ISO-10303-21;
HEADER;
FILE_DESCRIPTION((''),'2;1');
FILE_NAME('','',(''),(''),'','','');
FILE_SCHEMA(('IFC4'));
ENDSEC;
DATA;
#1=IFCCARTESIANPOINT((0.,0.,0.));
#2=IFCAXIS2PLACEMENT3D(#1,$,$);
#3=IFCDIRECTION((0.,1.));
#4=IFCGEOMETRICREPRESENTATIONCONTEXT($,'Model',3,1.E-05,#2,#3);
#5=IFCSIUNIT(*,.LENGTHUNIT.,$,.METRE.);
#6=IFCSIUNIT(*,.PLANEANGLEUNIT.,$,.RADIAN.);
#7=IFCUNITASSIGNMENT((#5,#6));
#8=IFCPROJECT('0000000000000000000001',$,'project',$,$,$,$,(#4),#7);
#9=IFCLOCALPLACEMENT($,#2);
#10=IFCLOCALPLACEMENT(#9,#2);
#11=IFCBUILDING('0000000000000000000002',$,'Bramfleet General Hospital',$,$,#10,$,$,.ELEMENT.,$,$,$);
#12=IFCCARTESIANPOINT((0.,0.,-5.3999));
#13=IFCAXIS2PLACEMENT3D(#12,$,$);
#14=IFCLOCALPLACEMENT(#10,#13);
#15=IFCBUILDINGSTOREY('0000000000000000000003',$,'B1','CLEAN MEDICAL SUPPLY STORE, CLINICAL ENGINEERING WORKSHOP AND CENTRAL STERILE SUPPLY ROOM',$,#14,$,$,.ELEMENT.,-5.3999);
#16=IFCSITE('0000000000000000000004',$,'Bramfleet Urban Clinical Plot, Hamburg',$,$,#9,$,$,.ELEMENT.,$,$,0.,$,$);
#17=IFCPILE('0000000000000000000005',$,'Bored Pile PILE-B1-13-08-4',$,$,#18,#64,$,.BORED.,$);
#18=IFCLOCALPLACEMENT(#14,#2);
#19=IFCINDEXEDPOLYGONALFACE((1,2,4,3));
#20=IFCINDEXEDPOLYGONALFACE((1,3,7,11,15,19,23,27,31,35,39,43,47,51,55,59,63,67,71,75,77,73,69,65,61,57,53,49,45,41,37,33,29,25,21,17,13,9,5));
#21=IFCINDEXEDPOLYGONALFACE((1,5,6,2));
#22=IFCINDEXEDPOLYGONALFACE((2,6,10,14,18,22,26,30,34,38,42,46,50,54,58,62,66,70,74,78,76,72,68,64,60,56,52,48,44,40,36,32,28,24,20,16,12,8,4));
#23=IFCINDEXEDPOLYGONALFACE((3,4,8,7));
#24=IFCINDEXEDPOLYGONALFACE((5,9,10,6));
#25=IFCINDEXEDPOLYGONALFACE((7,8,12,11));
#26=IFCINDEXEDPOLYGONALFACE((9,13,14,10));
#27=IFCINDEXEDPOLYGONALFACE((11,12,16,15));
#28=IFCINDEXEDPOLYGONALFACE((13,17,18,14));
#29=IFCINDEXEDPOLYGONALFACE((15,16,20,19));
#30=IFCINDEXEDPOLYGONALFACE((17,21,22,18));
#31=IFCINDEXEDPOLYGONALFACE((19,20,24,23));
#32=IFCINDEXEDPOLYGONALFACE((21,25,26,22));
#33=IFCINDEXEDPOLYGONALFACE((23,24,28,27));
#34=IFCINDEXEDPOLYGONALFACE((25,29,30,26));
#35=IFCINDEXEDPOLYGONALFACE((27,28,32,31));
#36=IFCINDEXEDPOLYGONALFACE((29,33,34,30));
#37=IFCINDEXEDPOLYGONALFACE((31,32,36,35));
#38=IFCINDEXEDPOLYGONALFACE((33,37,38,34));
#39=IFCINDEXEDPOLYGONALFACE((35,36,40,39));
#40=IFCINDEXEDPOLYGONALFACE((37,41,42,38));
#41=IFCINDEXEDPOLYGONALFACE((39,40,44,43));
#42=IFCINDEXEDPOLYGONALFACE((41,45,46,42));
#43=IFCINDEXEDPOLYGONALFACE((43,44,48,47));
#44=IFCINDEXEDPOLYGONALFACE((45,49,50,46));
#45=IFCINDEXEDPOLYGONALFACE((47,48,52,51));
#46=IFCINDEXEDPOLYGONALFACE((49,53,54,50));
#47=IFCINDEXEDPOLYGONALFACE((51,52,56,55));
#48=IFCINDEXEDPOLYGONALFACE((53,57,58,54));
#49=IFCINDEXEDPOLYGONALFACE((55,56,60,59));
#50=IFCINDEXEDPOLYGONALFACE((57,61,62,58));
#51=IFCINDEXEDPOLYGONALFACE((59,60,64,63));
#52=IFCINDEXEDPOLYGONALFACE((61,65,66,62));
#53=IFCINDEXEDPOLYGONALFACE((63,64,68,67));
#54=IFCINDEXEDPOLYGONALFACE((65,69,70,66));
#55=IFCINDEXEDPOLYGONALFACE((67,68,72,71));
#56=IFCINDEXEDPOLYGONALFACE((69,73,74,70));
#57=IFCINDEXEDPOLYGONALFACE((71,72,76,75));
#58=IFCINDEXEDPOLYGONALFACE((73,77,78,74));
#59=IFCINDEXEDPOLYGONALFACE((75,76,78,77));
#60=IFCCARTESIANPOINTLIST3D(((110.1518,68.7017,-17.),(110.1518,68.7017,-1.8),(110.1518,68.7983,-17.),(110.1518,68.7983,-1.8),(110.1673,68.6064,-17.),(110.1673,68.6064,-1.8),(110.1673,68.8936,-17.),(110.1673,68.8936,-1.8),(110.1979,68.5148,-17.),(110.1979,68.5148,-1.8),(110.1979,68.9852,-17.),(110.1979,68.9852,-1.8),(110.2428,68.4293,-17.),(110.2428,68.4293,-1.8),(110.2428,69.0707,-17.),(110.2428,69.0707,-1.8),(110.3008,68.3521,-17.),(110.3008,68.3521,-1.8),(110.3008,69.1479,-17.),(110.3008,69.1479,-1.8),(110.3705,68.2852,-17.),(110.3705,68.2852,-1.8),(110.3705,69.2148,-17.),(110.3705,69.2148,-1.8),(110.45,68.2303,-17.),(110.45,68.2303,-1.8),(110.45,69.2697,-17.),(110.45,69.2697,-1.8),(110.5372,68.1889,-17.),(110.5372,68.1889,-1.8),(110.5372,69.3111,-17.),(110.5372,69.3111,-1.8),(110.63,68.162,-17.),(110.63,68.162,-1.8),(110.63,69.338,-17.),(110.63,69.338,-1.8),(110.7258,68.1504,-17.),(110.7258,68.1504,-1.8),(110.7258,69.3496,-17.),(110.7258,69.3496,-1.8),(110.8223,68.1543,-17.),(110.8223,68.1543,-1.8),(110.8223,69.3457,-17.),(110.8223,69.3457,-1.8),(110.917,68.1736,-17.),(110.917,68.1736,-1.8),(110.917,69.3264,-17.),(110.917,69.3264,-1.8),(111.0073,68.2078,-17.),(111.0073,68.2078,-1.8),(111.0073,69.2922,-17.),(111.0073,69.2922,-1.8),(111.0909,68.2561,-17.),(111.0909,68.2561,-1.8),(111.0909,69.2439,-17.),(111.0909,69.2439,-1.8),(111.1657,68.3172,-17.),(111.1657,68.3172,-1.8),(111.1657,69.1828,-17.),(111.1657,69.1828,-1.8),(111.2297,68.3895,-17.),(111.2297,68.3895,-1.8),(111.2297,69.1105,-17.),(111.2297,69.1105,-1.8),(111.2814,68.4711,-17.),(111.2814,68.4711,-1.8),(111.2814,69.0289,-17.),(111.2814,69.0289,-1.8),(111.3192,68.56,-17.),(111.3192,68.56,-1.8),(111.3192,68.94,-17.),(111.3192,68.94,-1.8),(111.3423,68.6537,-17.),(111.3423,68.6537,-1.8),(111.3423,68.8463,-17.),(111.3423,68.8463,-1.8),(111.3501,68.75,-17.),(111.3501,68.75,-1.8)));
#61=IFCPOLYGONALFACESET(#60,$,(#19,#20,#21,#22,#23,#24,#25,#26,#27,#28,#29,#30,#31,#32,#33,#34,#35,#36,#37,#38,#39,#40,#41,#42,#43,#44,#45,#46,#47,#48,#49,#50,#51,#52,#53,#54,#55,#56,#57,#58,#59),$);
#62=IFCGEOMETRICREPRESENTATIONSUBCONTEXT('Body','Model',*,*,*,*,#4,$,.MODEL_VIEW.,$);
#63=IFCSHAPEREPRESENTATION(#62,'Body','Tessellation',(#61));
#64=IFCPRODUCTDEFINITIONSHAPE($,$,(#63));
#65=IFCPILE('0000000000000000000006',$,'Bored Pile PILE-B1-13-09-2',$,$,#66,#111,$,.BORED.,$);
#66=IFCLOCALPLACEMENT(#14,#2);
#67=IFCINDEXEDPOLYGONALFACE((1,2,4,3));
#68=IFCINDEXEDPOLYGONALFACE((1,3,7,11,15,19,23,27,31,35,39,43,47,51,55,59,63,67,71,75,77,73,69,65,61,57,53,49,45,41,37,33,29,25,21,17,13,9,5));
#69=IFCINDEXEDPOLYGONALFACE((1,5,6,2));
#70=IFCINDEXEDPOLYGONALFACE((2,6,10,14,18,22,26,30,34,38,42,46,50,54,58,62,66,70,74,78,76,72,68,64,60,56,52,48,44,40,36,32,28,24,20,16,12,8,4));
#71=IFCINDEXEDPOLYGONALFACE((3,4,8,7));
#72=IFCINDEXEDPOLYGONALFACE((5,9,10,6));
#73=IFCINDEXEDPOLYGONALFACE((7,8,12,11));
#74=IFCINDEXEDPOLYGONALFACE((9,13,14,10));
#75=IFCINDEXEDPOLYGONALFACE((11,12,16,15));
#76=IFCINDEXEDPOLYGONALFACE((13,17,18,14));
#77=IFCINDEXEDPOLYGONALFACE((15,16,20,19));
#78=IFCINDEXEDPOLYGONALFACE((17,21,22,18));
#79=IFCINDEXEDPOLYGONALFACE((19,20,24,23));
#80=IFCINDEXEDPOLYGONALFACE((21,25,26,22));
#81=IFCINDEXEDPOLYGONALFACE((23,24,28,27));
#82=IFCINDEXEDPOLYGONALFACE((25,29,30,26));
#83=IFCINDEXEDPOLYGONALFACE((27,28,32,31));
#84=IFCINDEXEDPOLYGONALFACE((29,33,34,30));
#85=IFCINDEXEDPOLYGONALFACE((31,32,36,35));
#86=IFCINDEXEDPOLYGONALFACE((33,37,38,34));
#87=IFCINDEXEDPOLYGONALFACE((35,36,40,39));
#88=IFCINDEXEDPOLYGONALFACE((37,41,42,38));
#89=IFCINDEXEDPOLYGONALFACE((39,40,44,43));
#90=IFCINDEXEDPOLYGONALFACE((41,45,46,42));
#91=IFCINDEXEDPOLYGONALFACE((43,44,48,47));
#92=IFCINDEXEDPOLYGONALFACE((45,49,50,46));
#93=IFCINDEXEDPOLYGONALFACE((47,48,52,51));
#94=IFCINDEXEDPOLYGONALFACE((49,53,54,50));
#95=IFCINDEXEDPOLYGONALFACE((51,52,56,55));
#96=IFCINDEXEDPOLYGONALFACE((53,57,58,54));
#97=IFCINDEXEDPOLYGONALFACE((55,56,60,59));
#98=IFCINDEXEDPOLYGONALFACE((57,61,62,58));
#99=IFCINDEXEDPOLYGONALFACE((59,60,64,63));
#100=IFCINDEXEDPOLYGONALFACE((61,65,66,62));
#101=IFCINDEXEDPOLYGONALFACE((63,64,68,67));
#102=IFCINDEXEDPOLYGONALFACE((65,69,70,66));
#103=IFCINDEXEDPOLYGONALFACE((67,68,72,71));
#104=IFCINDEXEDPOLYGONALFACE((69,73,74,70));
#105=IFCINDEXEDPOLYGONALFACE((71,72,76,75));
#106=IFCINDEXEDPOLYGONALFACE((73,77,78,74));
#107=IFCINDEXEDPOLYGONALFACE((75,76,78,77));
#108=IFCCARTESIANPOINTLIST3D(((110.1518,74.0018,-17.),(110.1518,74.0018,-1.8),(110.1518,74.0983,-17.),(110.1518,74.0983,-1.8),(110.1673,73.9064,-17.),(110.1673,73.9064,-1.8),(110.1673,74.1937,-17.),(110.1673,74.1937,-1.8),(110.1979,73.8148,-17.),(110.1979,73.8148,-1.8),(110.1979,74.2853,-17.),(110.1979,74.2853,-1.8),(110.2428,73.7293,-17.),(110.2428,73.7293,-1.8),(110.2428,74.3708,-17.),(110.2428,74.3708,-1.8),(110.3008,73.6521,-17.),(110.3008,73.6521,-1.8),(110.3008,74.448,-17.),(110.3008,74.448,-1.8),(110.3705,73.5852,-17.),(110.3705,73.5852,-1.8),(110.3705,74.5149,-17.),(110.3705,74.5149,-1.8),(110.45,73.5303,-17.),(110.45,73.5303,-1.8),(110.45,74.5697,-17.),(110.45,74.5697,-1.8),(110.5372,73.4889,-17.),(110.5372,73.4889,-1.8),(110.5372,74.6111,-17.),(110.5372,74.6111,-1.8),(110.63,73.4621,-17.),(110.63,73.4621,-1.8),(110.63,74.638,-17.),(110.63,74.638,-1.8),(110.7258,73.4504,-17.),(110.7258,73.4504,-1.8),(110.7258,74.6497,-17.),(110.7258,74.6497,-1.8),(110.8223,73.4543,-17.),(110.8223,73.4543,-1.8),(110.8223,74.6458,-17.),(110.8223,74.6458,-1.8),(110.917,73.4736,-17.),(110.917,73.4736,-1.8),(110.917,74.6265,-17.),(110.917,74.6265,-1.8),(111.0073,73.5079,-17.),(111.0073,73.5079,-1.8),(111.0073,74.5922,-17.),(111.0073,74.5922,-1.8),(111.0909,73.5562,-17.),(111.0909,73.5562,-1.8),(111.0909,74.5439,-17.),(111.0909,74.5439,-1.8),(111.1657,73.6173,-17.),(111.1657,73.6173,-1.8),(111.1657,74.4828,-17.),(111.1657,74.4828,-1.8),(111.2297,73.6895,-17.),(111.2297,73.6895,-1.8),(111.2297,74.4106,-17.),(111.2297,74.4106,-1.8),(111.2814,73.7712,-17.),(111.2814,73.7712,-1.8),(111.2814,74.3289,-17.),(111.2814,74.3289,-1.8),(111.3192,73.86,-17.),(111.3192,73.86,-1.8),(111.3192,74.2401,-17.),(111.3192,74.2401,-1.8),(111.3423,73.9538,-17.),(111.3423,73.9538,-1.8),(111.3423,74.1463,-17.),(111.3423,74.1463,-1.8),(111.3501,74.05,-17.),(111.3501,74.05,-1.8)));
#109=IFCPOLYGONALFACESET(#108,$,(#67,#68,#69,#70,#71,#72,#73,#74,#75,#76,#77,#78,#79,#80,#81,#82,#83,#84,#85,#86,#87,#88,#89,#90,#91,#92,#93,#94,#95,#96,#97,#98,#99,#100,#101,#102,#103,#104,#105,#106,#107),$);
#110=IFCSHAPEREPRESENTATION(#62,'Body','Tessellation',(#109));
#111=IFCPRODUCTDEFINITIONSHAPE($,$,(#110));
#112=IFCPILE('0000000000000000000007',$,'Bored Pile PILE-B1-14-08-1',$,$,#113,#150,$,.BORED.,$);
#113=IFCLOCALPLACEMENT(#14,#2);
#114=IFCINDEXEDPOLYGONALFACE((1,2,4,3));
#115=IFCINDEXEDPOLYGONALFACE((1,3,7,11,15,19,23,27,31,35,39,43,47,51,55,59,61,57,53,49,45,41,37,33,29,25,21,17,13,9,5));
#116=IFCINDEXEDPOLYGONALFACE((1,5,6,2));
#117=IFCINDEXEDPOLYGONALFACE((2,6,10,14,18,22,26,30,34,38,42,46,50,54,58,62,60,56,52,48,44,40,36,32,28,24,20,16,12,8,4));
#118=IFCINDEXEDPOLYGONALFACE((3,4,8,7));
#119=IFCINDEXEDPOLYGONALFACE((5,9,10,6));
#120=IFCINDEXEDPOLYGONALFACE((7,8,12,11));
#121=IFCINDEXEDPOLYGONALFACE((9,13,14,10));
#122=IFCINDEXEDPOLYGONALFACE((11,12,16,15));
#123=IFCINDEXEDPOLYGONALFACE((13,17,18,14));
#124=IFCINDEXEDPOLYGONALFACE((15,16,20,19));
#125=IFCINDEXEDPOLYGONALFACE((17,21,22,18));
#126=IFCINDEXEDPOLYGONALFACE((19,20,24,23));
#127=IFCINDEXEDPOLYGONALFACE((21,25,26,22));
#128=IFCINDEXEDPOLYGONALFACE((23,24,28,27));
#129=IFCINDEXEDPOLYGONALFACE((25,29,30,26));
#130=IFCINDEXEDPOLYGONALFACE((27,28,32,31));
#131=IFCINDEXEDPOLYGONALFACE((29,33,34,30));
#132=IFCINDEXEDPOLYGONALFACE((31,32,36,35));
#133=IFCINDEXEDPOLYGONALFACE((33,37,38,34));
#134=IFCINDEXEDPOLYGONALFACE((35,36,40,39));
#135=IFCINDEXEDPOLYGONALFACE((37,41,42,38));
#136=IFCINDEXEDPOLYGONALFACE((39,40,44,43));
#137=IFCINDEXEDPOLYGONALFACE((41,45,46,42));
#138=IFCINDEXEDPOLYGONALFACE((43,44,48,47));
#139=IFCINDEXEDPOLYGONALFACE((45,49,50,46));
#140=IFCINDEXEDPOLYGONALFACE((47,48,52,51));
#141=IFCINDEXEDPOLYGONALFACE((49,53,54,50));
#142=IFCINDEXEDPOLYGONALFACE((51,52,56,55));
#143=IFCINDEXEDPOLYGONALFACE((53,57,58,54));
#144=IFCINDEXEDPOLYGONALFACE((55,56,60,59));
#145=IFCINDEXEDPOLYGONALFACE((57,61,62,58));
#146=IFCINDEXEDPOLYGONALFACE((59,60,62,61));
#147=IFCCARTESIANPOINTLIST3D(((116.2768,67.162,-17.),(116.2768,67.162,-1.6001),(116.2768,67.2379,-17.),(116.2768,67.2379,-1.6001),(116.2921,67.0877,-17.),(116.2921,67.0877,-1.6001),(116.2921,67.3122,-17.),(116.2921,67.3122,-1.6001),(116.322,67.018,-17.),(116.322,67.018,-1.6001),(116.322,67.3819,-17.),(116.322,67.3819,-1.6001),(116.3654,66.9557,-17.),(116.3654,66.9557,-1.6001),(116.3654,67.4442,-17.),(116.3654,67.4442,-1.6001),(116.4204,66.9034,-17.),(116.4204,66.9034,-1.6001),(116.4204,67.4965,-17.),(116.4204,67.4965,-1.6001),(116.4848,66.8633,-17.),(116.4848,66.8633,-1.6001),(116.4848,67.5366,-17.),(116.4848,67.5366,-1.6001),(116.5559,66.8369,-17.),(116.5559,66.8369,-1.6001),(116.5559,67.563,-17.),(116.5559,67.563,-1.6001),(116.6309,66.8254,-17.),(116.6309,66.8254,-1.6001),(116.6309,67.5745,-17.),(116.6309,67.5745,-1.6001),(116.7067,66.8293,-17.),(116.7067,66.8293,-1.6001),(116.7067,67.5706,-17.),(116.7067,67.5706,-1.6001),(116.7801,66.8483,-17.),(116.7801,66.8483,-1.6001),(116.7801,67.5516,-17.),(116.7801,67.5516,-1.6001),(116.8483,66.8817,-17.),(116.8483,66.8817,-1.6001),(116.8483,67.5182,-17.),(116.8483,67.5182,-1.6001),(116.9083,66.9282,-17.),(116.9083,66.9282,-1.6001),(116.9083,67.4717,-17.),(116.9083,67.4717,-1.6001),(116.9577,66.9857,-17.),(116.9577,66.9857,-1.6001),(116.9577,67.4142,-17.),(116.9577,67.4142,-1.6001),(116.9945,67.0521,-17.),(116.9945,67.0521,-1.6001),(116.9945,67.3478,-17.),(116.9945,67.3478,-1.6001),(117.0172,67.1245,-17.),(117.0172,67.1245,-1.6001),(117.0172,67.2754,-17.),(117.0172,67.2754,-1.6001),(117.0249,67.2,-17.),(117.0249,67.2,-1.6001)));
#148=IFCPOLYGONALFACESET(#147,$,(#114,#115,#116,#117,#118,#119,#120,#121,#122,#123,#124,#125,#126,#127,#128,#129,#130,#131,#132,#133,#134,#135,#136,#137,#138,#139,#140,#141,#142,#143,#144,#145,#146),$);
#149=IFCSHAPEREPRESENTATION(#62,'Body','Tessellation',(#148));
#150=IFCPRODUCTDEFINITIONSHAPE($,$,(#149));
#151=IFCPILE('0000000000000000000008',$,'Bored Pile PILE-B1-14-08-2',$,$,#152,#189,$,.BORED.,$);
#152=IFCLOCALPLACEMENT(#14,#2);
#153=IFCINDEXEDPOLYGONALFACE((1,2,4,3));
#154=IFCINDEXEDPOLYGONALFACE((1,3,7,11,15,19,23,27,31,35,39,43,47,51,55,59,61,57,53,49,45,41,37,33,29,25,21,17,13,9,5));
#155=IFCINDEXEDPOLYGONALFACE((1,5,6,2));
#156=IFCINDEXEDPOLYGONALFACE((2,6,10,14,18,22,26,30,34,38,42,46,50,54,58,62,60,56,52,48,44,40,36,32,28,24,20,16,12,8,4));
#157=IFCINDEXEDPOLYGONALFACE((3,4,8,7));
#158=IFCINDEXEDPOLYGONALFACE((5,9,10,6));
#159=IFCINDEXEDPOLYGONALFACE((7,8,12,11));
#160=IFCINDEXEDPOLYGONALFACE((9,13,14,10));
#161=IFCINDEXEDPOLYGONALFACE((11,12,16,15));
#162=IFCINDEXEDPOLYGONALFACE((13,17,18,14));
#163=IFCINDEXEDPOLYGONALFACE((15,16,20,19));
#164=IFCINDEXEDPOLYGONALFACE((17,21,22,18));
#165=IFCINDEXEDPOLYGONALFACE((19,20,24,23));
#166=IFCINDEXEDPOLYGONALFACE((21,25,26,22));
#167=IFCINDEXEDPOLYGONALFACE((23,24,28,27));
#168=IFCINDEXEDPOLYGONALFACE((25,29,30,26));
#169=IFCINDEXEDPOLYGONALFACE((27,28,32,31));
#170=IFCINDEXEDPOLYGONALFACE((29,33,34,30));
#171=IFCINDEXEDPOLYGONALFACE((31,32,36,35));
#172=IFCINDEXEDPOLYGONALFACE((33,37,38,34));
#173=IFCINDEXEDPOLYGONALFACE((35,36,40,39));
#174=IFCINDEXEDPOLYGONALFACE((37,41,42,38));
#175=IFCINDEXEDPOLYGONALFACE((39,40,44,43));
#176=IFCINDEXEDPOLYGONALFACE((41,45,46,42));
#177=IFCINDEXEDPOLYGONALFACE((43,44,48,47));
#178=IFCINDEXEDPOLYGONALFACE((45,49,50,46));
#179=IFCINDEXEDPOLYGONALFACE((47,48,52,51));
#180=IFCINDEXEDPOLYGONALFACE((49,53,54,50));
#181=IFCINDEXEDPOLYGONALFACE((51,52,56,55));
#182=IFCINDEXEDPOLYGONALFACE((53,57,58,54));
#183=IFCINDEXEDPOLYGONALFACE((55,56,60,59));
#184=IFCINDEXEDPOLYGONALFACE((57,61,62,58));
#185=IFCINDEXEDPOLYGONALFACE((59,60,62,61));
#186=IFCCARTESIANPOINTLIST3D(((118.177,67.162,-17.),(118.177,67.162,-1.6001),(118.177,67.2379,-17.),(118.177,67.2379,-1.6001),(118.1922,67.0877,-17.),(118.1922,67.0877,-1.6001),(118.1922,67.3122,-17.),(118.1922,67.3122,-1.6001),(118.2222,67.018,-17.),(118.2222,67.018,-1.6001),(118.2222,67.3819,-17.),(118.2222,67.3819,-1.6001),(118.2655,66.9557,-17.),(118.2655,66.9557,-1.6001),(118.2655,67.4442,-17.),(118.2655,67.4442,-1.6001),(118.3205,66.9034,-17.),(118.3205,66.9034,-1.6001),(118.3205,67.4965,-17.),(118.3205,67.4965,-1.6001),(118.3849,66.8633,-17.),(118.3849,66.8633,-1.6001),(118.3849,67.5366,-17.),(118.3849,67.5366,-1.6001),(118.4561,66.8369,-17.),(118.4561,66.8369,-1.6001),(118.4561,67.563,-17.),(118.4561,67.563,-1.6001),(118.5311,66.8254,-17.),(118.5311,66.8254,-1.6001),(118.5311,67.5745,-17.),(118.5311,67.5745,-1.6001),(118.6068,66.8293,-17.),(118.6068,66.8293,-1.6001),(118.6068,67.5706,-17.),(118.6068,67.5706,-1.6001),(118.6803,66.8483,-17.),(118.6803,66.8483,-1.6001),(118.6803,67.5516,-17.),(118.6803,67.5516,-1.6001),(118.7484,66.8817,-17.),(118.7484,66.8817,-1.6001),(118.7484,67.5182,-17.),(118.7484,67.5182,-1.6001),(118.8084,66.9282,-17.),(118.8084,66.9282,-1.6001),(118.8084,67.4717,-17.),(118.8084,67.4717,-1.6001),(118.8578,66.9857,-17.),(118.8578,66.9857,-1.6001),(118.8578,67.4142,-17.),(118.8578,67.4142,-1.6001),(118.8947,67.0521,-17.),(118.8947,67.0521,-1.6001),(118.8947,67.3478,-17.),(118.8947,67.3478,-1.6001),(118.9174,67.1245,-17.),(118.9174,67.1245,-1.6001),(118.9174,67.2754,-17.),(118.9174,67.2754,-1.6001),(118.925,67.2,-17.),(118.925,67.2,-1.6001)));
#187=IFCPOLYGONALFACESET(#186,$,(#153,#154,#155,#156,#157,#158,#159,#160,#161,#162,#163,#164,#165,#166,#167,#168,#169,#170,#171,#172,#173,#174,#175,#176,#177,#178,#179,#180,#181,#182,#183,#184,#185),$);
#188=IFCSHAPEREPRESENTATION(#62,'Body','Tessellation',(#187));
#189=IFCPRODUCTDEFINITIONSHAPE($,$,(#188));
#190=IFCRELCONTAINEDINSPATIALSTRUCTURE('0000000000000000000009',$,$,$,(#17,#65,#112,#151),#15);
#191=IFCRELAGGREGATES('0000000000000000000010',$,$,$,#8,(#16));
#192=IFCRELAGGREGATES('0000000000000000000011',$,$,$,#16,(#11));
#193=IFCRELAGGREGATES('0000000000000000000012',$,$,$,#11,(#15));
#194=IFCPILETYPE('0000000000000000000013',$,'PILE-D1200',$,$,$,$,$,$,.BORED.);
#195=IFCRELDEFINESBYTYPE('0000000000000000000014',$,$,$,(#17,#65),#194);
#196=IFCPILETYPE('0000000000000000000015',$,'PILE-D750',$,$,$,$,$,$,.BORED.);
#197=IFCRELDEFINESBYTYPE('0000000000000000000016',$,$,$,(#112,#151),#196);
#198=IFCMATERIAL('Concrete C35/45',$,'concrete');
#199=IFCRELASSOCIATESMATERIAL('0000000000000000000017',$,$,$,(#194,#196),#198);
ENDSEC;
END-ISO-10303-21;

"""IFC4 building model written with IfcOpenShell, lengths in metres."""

from ifc_helpers import new_model, si_unit, direction, frame, origin, origin_2d, place, context, subcontext, project, spatial, circle, extrude, material, material_profile, profile_set, type_object, element, save


model = new_model("IFC4")

# Units and contexts
model_context = context("Model", 3, precision=1e-05, world=origin(), true_north=direction((0.0, 1.0)))
body_context = subcontext(model_context, "Body", "Model", "MODEL_VIEW")
ifc_project = project(units=[si_unit("LENGTHUNIT", "METRE"), si_unit("PLANEANGLEUNIT", "RADIAN")], contexts=[model_context])

# Site, building, storey
site_placement = place(None, origin())
site = spatial("IfcSite", under=ifc_project, at=site_placement, Name="Bramfleet Urban Clinical Plot, Hamburg", CompositionType="ELEMENT", RefElevation=0.0)
building_placement = place(site_placement, origin())
building = spatial("IfcBuilding", under=site, at=building_placement, Name="Bramfleet General Hospital", CompositionType="ELEMENT")
storey_placement = place(building_placement, frame((0.0, 0.0, -5.3999)))
storey = spatial("IfcBuildingStorey", under=building, at=storey_placement, Name="B1", Description="CLEAN MEDICAL SUPPLY STORE, CLINICAL ENGINEERING WORKSHOP AND CENTRAL STERILE SUPPLY ROOM", CompositionType="ELEMENT", Elevation=-5.3999)

# Shared definitions
ifc_material_1 = material(Name="Concrete C35/45", Category="concrete")

# Piles
ifc_material_profile_1 = material_profile(ifc_material_1, circle(Radius=0.6001, at=origin_2d()), Name="PILE BORED D1200")
ifc_profile_set_1 = profile_set([ifc_material_profile_1], Name="Concrete C35/45")
pile_type_1 = type_object("IfcPileType", Name="PILE-D1200", PredefinedType="BORED", material=ifc_profile_set_1)
for number, where, z_axis, x_axis, name in (
    (1, (110.75, 68.75, -1.8), (0.0, 0.0, -1.0), (1.0, 0.0, 0.0), "Bored Pile PILE-B1-13-08-4"),
    (2, (110.75, 74.05, -1.8), (0.0, 0.0, -1.0), (1.0, 0.0, 0.0), "Bored Pile PILE-B1-13-09-2"),
):
    element("IfcPile", number, at=place(storey_placement, frame(where, z_axis=z_axis, x_axis=x_axis)), inside=storey, type_object=pile_type_1, Name=name, PredefinedType="BORED", context=body_context, shape_type="SweptSolid", body=[
        extrude(circle(Radius=0.6001, at=origin_2d()), origin(), (0.0, 0.0, 1.0), 15.2),
    ])
ifc_material_profile_2 = material_profile(ifc_material_1, circle(Radius=0.375, at=origin_2d()), Name="PILE BORED D750")
ifc_profile_set_2 = profile_set([ifc_material_profile_2], Name="Concrete C35/45")
pile_type_2 = type_object("IfcPileType", Name="PILE-D750", PredefinedType="BORED", material=ifc_profile_set_2)
for number, where, z_axis, x_axis, name in (
    (3, (116.6499, 67.2, -1.6001), (0.0, 0.0, -1.0), (1.0, 0.0, 0.0), "Bored Pile PILE-B1-14-08-1"),
    (4, (118.55, 67.2, -1.6001), (0.0, 0.0, -1.0), (1.0, 0.0, 0.0), "Bored Pile PILE-B1-14-08-2"),
):
    element("IfcPile", number, at=place(storey_placement, frame(where, z_axis=z_axis, x_axis=x_axis)), inside=storey, type_object=pile_type_2, Name=name, PredefinedType="BORED", context=body_context, shape_type="SweptSolid", body=[
        extrude(circle(Radius=0.375, at=origin_2d()), origin(), (0.0, 0.0, 1.0), 15.3999),
    ])

save(model, "model.ifc")
